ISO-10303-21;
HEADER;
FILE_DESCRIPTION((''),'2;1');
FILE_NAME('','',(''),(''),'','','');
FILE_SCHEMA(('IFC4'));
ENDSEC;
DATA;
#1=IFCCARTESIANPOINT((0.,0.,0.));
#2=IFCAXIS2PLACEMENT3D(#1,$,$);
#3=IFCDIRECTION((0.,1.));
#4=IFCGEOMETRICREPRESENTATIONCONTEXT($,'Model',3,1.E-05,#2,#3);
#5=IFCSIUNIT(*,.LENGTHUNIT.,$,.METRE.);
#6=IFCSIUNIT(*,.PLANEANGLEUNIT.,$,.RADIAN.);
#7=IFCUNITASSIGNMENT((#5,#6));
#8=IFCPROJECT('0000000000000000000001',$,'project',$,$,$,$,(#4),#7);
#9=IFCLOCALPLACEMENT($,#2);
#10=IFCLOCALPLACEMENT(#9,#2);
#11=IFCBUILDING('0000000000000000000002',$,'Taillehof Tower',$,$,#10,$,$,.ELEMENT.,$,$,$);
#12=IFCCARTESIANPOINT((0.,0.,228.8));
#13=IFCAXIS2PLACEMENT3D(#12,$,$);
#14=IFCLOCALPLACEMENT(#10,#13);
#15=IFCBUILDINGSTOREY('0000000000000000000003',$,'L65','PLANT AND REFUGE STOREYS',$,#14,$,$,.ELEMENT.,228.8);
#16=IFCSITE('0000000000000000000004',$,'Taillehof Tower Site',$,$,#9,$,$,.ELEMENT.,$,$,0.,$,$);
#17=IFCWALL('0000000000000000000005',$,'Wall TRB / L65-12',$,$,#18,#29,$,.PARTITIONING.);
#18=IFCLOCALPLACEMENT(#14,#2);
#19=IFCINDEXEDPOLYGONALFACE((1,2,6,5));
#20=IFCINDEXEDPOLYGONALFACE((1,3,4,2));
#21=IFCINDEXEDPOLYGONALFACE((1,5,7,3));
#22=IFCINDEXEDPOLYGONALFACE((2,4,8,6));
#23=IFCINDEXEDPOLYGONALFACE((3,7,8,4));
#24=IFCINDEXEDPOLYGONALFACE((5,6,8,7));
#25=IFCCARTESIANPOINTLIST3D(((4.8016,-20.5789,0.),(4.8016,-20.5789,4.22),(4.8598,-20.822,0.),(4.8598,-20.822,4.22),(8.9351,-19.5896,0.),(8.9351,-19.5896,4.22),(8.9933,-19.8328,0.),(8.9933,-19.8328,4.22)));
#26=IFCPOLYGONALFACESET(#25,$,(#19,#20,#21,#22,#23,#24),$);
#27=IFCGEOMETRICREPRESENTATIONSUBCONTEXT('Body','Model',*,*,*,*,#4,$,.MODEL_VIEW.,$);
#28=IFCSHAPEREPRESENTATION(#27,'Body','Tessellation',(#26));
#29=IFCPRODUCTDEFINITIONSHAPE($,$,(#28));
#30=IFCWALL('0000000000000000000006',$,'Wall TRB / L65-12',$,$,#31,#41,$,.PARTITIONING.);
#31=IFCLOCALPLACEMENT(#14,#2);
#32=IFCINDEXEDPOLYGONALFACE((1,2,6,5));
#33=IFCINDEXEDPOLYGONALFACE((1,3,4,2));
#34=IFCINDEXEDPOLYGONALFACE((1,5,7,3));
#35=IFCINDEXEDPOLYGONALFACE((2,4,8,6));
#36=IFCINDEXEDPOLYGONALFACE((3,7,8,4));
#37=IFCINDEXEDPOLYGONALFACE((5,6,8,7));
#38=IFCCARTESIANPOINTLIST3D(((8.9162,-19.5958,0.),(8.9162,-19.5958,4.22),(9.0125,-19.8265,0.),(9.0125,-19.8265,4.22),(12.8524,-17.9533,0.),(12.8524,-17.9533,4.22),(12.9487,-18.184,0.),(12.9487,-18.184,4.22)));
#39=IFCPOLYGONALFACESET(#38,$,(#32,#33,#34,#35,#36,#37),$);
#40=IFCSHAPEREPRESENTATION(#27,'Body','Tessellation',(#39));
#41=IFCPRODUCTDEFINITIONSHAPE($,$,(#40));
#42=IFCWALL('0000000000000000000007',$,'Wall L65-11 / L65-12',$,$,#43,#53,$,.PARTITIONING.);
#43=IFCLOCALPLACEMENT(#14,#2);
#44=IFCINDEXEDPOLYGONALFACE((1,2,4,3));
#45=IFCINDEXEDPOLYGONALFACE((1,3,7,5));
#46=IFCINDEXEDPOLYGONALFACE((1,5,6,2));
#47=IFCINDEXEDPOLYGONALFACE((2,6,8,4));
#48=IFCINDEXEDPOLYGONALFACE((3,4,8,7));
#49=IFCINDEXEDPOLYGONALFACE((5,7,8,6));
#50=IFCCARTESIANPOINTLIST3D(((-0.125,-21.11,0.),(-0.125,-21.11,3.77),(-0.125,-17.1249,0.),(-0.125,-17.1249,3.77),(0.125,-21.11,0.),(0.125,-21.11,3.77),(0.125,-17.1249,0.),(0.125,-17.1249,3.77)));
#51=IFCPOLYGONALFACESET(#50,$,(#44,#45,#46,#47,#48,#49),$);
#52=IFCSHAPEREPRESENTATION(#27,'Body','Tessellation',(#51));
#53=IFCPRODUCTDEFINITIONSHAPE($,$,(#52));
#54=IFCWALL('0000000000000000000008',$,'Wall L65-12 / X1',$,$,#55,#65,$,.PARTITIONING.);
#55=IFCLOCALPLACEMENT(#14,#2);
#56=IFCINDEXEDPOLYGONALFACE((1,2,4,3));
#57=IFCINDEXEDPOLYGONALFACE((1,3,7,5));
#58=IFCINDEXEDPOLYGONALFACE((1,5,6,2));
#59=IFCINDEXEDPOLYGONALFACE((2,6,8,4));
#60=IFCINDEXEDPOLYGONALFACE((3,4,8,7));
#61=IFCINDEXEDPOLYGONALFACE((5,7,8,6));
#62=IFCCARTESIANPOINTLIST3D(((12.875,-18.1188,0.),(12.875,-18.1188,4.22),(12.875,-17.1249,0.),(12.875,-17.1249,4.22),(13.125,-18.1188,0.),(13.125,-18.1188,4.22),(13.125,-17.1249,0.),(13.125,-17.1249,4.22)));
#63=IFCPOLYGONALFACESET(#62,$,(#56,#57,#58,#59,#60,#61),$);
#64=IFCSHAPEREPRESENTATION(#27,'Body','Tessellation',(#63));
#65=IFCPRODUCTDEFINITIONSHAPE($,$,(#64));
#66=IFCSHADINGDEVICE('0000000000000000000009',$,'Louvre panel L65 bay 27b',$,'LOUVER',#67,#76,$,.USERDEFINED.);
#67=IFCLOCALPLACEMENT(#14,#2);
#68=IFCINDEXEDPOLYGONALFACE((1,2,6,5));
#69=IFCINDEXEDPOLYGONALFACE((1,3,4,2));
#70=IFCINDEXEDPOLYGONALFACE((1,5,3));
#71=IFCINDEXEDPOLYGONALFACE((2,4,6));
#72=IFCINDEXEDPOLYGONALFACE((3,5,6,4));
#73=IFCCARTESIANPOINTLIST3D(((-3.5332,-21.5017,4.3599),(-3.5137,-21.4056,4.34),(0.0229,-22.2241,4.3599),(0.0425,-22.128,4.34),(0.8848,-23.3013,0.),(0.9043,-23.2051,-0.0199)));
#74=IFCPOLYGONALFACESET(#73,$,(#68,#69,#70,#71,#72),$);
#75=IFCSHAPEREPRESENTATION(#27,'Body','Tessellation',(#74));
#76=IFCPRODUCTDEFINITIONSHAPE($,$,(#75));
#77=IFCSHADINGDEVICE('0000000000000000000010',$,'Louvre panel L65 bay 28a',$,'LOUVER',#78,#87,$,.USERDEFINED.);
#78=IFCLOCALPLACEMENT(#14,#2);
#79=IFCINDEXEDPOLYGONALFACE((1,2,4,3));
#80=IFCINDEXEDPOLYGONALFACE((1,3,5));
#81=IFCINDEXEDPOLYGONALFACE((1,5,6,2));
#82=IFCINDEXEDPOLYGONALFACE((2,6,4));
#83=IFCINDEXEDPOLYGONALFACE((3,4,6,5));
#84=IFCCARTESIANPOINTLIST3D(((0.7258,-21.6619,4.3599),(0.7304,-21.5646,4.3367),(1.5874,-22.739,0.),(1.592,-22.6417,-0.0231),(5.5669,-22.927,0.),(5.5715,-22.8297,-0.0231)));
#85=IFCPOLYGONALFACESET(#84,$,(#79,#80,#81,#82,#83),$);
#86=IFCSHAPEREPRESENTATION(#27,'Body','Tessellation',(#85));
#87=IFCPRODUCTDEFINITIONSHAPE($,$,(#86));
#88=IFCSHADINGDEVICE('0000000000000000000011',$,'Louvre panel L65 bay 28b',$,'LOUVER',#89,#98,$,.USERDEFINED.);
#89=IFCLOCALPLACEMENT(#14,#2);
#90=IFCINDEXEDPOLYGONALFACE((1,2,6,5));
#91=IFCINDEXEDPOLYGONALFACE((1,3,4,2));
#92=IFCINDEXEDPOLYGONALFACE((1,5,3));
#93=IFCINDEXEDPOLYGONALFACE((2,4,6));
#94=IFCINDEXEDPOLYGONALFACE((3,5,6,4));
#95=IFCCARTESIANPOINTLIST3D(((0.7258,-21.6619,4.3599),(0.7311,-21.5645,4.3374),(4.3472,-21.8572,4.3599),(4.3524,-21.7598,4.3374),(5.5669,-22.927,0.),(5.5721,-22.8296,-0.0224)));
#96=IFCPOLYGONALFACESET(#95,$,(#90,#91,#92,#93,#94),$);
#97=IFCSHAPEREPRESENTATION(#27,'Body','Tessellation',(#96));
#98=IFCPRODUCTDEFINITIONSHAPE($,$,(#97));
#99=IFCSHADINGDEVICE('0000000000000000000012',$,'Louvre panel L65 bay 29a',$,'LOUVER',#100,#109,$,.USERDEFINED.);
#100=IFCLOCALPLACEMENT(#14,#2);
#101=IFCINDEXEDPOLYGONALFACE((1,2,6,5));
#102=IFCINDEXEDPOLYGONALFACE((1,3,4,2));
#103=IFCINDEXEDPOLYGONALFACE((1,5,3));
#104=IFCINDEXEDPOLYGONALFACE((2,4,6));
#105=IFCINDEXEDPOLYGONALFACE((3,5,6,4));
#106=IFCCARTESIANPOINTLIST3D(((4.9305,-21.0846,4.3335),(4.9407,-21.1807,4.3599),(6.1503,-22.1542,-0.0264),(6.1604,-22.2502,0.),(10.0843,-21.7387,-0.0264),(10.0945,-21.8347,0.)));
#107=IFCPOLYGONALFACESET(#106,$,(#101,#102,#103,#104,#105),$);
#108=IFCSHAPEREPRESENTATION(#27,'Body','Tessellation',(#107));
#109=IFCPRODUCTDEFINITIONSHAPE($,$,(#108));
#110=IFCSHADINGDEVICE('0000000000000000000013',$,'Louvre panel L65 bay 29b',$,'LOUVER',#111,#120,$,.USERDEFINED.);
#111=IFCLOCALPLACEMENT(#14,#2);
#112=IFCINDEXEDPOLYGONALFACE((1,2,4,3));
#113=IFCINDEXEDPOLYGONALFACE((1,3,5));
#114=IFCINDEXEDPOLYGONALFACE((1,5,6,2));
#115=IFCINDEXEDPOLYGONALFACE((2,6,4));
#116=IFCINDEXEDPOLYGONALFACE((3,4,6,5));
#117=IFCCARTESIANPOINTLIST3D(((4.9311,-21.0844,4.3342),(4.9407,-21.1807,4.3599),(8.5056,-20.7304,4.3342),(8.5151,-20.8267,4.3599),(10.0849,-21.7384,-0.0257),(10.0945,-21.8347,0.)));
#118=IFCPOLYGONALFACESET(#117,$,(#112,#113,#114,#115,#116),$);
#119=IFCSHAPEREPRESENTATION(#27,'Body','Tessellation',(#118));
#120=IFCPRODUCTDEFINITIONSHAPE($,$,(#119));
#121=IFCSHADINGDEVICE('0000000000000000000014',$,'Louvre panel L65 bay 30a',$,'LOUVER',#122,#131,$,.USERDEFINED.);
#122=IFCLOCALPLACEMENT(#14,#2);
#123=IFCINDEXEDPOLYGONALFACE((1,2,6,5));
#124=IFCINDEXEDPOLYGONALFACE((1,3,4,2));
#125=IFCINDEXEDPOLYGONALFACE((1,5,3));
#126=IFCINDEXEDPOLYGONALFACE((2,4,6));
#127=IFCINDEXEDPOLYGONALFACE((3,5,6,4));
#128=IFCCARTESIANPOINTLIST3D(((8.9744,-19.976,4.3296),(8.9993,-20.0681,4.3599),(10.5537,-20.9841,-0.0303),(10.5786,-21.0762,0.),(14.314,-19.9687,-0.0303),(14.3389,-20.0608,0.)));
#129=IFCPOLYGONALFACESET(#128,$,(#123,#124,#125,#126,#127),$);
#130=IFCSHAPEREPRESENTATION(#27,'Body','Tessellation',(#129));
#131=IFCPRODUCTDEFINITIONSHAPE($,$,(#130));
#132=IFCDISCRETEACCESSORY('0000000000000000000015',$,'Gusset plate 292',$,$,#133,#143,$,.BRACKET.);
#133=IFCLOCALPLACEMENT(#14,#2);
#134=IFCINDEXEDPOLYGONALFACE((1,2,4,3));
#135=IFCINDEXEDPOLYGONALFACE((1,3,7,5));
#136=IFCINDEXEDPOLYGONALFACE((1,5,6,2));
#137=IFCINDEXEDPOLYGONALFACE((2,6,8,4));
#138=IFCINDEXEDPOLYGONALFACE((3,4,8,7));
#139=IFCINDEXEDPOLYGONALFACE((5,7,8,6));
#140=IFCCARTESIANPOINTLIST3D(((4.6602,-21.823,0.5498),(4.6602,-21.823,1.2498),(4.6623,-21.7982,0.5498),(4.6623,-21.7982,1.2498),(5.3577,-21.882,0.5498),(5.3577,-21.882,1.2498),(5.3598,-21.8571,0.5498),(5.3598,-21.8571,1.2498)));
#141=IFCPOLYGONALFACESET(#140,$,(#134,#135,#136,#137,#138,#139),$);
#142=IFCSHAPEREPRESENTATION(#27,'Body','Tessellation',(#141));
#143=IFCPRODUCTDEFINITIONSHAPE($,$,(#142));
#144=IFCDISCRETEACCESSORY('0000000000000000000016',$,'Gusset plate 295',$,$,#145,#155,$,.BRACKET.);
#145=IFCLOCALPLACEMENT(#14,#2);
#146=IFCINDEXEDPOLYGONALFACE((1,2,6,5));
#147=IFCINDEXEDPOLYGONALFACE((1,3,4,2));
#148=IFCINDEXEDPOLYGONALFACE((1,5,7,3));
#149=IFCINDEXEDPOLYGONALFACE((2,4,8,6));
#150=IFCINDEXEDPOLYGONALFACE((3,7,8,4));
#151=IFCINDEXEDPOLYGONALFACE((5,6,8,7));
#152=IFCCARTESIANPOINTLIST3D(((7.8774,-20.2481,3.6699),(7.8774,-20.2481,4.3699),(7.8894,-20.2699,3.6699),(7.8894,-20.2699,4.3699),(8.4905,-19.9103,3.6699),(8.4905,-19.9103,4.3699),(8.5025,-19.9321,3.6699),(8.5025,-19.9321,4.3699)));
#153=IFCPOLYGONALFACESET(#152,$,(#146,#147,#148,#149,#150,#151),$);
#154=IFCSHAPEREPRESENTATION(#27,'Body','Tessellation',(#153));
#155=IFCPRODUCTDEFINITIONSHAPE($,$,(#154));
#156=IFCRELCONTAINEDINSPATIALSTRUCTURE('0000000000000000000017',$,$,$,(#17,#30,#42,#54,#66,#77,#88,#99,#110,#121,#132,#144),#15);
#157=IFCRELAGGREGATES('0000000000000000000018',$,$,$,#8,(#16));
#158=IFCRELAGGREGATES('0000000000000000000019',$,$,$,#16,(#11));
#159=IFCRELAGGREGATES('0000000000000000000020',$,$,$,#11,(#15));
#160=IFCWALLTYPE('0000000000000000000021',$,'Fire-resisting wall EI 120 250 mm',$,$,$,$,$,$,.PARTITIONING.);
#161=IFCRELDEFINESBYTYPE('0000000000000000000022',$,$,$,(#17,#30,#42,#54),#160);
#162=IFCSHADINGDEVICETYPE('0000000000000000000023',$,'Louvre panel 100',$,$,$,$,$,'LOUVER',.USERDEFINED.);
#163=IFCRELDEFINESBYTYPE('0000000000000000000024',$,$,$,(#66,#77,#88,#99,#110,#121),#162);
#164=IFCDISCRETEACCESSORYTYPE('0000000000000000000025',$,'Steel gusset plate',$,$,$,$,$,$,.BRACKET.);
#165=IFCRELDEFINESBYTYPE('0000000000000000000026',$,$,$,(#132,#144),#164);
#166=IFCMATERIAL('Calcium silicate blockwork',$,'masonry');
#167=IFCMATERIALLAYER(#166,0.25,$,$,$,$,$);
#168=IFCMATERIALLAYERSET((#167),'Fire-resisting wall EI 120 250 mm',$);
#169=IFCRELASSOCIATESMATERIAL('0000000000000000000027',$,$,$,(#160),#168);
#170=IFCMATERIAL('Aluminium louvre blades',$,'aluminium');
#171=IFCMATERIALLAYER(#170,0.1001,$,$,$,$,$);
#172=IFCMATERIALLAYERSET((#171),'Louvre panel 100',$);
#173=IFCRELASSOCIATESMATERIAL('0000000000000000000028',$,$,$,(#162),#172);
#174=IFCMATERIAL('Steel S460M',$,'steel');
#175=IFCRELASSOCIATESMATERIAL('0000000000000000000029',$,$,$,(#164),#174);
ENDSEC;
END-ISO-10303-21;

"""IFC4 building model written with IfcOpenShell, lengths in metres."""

from ifc_helpers import new_model, si_unit, direction, frame, frame_2d, origin, origin_2d, place, context, subcontext, project, spatial, polyline, rectangle, outline, extrude, material, layer, layer_set, type_object, element, save


model = new_model("IFC4")

# Units and contexts
model_context = context("Model", 3, precision=1e-05, world=origin(), true_north=direction((0.0, 1.0)))
body_context = subcontext(model_context, "Body", "Model", "MODEL_VIEW")
ifc_project = project(units=[si_unit("LENGTHUNIT", "METRE"), si_unit("PLANEANGLEUNIT", "RADIAN")], contexts=[model_context])

# Site, building, storey
site_placement = place(None, origin())
site = spatial("IfcSite", under=ifc_project, at=site_placement, Name="Taillehof Tower Site", CompositionType="ELEMENT", RefElevation=0.0)
building_placement = place(site_placement, origin())
building = spatial("IfcBuilding", under=site, at=building_placement, Name="Taillehof Tower", CompositionType="ELEMENT")
storey_placement = place(building_placement, frame((0.0, 0.0, 228.8)))
storey = spatial("IfcBuildingStorey", under=building, at=storey_placement, Name="L65", Description="PLANT AND REFUGE STOREYS", CompositionType="ELEMENT", Elevation=228.8)

# Walls
ifc_material_1 = material(Name="Calcium silicate blockwork", Category="masonry")
ifc_layer_1 = layer(ifc_material_1, 0.25)
ifc_layer_set_1 = layer_set([ifc_layer_1], Name="Fire-resisting wall EI 120 250 mm")
wall_type = type_object("IfcWallType", Name="Fire-resisting wall EI 120 250 mm", PredefinedType="PARTITIONING", material=ifc_layer_set_1)
wall_1_placement = place(storey_placement, frame((4.8308, -20.7004, 0.0), z_axis=(0.0, 0.0, 1.0), x_axis=(0.972536, 0.232752, 0.0)))
element("IfcWall", 1, at=wall_1_placement, inside=storey, type_object=wall_type, Name="Wall TRB / L65-12", PredefinedType="PARTITIONING", context=body_context, shape_type="SweptSolid", body=[
    extrude(rectangle(XDim=4.2502, YDim=0.25, at=frame_2d((2.125, 0.0))), origin(), (0.0, 0.0, 1.0), 4.22),
])
wall_2_placement = place(storey_placement, frame((8.9644, -19.7112, 0.0), z_axis=(0.0, 0.0, 1.0), x_axis=(0.922872, 0.385107, 0.0)))
element("IfcWall", 2, at=wall_2_placement, inside=storey, type_object=wall_type, Name="Wall TRB / L65-12", PredefinedType="PARTITIONING", context=body_context, shape_type="SweptSolid", body=[
    extrude(rectangle(XDim=4.2651, YDim=0.25, at=frame_2d((2.1326, 0.0))), origin(), (0.0, 0.0, 1.0), 4.22),
])
wall_3_placement = place(storey_placement, frame((0.0, -21.1101, 0.0), z_axis=(0.0, 0.0, 1.0), x_axis=(0.0, 1.0, 0.0)))
element("IfcWall", 3, at=wall_3_placement, inside=storey, type_object=wall_type, Name="Wall L65-11 / L65-12", PredefinedType="PARTITIONING", context=body_context, shape_type="SweptSolid", body=[
    extrude(rectangle(XDim=3.9851, YDim=0.25, at=frame_2d((1.9927, 0.0))), origin(), (0.0, 0.0, 1.0), 3.77),
])
wall_4_placement = place(storey_placement, frame((13.0, -18.1189, 0.0), z_axis=(0.0, 0.0, 1.0), x_axis=(0.0, 1.0, 0.0)))
element("IfcWall", 4, at=wall_4_placement, inside=storey, type_object=wall_type, Name="Wall L65-12 / X1", PredefinedType="PARTITIONING", context=body_context, shape_type="SweptSolid", body=[
    extrude(rectangle(XDim=0.9939, YDim=0.25, at=frame_2d((0.4971, 0.0))), origin(), (0.0, 0.0, 1.0), 4.22),
])

# Shading devices
ifc_material_2 = material(Name="Aluminium louvre blades", Category="aluminium")
ifc_layer_2 = layer(ifc_material_2, 0.1001)
ifc_layer_set_2 = layer_set([ifc_layer_2], Name="Louvre panel 100")
shading_device_type = type_object("IfcShadingDeviceType", Name="Louvre panel 100", ElementType="LOUVER", PredefinedType="USERDEFINED", material=ifc_layer_set_2)
shading_device_1_placement = place(storey_placement, frame((0.8848, -23.3013, 0.0), z_axis=(-0.195108, -0.960439, 0.198719), x_axis=(-0.188462, 0.235551, 0.953414)))
element("IfcShadingDevice", 5, at=shading_device_1_placement, inside=storey, type_object=shading_device_type, Name="Louvre panel L65 bay 27b", ObjectType="LOUVER", PredefinedType="USERDEFINED", context=body_context, shape_type="SweptSolid", body=[
    extrude(outline(polyline([(0.0, 0.0), (4.5729, 0.0), (5.4133, 3.5301), (0.0, 0.0)])), origin(), (0.0, 0.0, -1.0), 0.1001),
])
shading_device_2_placement = place(storey_placement, frame((1.5874, -22.739, 0.0), z_axis=(-0.04591, -0.971861, 0.231036), x_axis=(0.998886, -0.047187, 0.0)))
element("IfcShadingDevice", 6, at=shading_device_2_placement, inside=storey, type_object=shading_device_type, Name="Louvre panel L65 bay 28a", ObjectType="LOUVER", PredefinedType="USERDEFINED", context=body_context, shape_type="SweptSolid", body=[
    extrude(outline(polyline([(0.0, 0.0), (3.9839, 0.0), (-0.9114, 4.4811), (0.0, 0.0)])), origin(), (0.0, 0.0, -1.0), 0.1001),
])
shading_device_3_placement = place(storey_placement, frame((5.5669, -22.927, 0.0), z_axis=(-0.052486, -0.97315, 0.224108), x_axis=(-0.262197, 0.229973, 0.937211)))
element("IfcShadingDevice", 7, at=shading_device_3_placement, inside=storey, type_object=shading_device_type, Name="Louvre panel L65 bay 28b", ObjectType="LOUVER", PredefinedType="USERDEFINED", context=body_context, shape_type="SweptSolid", body=[
    extrude(outline(polyline([(0.0, 0.0), (4.652, 0.0), (5.6464, 3.4876), (0.0, 0.0)])), origin(), (0.0, 0.0, -1.0), 0.1001),
])
shading_device_4_placement = place(storey_placement, frame((6.1604, -22.2502, 0.0), z_axis=(0.101321, -0.959274, 0.263679), x_axis=(0.994468, 0.105038, 0.0)))
element("IfcShadingDevice", 8, at=shading_device_4_placement, inside=storey, type_object=shading_device_type, Name="Louvre panel L65 bay 29a", ObjectType="LOUVER", PredefinedType="USERDEFINED", context=body_context, shape_type="SweptSolid", body=[
    extrude(outline(polyline([(0.0, 0.0), (3.956, 0.0), (-1.1006, 4.5198), (0.0, 0.0)])), origin(), (0.0, 0.0, -1.0), 0.1001),
])
shading_device_5_placement = place(storey_placement, frame((10.0945, -21.8347, 0.0), z_axis=(0.095248, -0.961741, 0.25687), x_axis=(-0.332815, 0.212428, 0.918754)))
element("IfcShadingDevice", 9, at=shading_device_5_placement, inside=storey, type_object=shading_device_type, Name="Louvre panel L65 bay 29b", ObjectType="LOUVER", PredefinedType="USERDEFINED", context=body_context, shape_type="SweptSolid", body=[
    extrude(outline(polyline([(0.0, 0.0), (4.7454, 0.0), (5.8598, 3.4147), (0.0, 0.0)])), origin(), (0.0, 0.0, -1.0), 0.1001),
])
shading_device_6_placement = place(storey_placement, frame((10.5786, -21.0762, 0.0), z_axis=(0.248459, -0.920116, 0.302746), x_axis=(0.965422, 0.260693, 0.0)))
element("IfcShadingDevice", 10, at=shading_device_6_placement, inside=storey, type_object=shading_device_type, Name="Louvre panel L65 bay 30a", ObjectType="LOUVER", PredefinedType="USERDEFINED", context=body_context, shape_type="SweptSolid", body=[
    extrude(outline(polyline([(0.0, 0.0), (3.8949, 0.0), (-1.2619, 4.5745), (0.0, 0.0)])), origin(), (0.0, 0.0, -1.0), 0.1001),
])

# Discrete accessories
ifc_material_3 = material(Name="Steel S460M", Category="steel")
discrete_accessory_type = type_object("IfcDiscreteAccessoryType", Name="Steel gusset plate", PredefinedType="BRACKET", material=ifc_material_3)
for number, where, z_axis, x_axis, name in (
    (11, (5.01, -21.8401, 0.5498), (0.0, 0.0, 1.0), (0.996451, -0.084175, 0.0), "Gusset plate 292"),
    (12, (8.1899, -20.0901, 3.6699), (0.0, 0.0, 1.0), (0.875846, 0.48259, 0.0), "Gusset plate 295"),
):
    element("IfcDiscreteAccessory", number, at=place(storey_placement, frame(where, z_axis=z_axis, x_axis=x_axis)), inside=storey, type_object=discrete_accessory_type, Name=name, PredefinedType="BRACKET", context=body_context, shape_type="SweptSolid", body=[
        extrude(rectangle(XDim=0.7, YDim=0.0249, at=origin_2d()), origin(), (0.0, 0.0, 1.0), 0.7),
    ])

save(model, "model.ifc")
